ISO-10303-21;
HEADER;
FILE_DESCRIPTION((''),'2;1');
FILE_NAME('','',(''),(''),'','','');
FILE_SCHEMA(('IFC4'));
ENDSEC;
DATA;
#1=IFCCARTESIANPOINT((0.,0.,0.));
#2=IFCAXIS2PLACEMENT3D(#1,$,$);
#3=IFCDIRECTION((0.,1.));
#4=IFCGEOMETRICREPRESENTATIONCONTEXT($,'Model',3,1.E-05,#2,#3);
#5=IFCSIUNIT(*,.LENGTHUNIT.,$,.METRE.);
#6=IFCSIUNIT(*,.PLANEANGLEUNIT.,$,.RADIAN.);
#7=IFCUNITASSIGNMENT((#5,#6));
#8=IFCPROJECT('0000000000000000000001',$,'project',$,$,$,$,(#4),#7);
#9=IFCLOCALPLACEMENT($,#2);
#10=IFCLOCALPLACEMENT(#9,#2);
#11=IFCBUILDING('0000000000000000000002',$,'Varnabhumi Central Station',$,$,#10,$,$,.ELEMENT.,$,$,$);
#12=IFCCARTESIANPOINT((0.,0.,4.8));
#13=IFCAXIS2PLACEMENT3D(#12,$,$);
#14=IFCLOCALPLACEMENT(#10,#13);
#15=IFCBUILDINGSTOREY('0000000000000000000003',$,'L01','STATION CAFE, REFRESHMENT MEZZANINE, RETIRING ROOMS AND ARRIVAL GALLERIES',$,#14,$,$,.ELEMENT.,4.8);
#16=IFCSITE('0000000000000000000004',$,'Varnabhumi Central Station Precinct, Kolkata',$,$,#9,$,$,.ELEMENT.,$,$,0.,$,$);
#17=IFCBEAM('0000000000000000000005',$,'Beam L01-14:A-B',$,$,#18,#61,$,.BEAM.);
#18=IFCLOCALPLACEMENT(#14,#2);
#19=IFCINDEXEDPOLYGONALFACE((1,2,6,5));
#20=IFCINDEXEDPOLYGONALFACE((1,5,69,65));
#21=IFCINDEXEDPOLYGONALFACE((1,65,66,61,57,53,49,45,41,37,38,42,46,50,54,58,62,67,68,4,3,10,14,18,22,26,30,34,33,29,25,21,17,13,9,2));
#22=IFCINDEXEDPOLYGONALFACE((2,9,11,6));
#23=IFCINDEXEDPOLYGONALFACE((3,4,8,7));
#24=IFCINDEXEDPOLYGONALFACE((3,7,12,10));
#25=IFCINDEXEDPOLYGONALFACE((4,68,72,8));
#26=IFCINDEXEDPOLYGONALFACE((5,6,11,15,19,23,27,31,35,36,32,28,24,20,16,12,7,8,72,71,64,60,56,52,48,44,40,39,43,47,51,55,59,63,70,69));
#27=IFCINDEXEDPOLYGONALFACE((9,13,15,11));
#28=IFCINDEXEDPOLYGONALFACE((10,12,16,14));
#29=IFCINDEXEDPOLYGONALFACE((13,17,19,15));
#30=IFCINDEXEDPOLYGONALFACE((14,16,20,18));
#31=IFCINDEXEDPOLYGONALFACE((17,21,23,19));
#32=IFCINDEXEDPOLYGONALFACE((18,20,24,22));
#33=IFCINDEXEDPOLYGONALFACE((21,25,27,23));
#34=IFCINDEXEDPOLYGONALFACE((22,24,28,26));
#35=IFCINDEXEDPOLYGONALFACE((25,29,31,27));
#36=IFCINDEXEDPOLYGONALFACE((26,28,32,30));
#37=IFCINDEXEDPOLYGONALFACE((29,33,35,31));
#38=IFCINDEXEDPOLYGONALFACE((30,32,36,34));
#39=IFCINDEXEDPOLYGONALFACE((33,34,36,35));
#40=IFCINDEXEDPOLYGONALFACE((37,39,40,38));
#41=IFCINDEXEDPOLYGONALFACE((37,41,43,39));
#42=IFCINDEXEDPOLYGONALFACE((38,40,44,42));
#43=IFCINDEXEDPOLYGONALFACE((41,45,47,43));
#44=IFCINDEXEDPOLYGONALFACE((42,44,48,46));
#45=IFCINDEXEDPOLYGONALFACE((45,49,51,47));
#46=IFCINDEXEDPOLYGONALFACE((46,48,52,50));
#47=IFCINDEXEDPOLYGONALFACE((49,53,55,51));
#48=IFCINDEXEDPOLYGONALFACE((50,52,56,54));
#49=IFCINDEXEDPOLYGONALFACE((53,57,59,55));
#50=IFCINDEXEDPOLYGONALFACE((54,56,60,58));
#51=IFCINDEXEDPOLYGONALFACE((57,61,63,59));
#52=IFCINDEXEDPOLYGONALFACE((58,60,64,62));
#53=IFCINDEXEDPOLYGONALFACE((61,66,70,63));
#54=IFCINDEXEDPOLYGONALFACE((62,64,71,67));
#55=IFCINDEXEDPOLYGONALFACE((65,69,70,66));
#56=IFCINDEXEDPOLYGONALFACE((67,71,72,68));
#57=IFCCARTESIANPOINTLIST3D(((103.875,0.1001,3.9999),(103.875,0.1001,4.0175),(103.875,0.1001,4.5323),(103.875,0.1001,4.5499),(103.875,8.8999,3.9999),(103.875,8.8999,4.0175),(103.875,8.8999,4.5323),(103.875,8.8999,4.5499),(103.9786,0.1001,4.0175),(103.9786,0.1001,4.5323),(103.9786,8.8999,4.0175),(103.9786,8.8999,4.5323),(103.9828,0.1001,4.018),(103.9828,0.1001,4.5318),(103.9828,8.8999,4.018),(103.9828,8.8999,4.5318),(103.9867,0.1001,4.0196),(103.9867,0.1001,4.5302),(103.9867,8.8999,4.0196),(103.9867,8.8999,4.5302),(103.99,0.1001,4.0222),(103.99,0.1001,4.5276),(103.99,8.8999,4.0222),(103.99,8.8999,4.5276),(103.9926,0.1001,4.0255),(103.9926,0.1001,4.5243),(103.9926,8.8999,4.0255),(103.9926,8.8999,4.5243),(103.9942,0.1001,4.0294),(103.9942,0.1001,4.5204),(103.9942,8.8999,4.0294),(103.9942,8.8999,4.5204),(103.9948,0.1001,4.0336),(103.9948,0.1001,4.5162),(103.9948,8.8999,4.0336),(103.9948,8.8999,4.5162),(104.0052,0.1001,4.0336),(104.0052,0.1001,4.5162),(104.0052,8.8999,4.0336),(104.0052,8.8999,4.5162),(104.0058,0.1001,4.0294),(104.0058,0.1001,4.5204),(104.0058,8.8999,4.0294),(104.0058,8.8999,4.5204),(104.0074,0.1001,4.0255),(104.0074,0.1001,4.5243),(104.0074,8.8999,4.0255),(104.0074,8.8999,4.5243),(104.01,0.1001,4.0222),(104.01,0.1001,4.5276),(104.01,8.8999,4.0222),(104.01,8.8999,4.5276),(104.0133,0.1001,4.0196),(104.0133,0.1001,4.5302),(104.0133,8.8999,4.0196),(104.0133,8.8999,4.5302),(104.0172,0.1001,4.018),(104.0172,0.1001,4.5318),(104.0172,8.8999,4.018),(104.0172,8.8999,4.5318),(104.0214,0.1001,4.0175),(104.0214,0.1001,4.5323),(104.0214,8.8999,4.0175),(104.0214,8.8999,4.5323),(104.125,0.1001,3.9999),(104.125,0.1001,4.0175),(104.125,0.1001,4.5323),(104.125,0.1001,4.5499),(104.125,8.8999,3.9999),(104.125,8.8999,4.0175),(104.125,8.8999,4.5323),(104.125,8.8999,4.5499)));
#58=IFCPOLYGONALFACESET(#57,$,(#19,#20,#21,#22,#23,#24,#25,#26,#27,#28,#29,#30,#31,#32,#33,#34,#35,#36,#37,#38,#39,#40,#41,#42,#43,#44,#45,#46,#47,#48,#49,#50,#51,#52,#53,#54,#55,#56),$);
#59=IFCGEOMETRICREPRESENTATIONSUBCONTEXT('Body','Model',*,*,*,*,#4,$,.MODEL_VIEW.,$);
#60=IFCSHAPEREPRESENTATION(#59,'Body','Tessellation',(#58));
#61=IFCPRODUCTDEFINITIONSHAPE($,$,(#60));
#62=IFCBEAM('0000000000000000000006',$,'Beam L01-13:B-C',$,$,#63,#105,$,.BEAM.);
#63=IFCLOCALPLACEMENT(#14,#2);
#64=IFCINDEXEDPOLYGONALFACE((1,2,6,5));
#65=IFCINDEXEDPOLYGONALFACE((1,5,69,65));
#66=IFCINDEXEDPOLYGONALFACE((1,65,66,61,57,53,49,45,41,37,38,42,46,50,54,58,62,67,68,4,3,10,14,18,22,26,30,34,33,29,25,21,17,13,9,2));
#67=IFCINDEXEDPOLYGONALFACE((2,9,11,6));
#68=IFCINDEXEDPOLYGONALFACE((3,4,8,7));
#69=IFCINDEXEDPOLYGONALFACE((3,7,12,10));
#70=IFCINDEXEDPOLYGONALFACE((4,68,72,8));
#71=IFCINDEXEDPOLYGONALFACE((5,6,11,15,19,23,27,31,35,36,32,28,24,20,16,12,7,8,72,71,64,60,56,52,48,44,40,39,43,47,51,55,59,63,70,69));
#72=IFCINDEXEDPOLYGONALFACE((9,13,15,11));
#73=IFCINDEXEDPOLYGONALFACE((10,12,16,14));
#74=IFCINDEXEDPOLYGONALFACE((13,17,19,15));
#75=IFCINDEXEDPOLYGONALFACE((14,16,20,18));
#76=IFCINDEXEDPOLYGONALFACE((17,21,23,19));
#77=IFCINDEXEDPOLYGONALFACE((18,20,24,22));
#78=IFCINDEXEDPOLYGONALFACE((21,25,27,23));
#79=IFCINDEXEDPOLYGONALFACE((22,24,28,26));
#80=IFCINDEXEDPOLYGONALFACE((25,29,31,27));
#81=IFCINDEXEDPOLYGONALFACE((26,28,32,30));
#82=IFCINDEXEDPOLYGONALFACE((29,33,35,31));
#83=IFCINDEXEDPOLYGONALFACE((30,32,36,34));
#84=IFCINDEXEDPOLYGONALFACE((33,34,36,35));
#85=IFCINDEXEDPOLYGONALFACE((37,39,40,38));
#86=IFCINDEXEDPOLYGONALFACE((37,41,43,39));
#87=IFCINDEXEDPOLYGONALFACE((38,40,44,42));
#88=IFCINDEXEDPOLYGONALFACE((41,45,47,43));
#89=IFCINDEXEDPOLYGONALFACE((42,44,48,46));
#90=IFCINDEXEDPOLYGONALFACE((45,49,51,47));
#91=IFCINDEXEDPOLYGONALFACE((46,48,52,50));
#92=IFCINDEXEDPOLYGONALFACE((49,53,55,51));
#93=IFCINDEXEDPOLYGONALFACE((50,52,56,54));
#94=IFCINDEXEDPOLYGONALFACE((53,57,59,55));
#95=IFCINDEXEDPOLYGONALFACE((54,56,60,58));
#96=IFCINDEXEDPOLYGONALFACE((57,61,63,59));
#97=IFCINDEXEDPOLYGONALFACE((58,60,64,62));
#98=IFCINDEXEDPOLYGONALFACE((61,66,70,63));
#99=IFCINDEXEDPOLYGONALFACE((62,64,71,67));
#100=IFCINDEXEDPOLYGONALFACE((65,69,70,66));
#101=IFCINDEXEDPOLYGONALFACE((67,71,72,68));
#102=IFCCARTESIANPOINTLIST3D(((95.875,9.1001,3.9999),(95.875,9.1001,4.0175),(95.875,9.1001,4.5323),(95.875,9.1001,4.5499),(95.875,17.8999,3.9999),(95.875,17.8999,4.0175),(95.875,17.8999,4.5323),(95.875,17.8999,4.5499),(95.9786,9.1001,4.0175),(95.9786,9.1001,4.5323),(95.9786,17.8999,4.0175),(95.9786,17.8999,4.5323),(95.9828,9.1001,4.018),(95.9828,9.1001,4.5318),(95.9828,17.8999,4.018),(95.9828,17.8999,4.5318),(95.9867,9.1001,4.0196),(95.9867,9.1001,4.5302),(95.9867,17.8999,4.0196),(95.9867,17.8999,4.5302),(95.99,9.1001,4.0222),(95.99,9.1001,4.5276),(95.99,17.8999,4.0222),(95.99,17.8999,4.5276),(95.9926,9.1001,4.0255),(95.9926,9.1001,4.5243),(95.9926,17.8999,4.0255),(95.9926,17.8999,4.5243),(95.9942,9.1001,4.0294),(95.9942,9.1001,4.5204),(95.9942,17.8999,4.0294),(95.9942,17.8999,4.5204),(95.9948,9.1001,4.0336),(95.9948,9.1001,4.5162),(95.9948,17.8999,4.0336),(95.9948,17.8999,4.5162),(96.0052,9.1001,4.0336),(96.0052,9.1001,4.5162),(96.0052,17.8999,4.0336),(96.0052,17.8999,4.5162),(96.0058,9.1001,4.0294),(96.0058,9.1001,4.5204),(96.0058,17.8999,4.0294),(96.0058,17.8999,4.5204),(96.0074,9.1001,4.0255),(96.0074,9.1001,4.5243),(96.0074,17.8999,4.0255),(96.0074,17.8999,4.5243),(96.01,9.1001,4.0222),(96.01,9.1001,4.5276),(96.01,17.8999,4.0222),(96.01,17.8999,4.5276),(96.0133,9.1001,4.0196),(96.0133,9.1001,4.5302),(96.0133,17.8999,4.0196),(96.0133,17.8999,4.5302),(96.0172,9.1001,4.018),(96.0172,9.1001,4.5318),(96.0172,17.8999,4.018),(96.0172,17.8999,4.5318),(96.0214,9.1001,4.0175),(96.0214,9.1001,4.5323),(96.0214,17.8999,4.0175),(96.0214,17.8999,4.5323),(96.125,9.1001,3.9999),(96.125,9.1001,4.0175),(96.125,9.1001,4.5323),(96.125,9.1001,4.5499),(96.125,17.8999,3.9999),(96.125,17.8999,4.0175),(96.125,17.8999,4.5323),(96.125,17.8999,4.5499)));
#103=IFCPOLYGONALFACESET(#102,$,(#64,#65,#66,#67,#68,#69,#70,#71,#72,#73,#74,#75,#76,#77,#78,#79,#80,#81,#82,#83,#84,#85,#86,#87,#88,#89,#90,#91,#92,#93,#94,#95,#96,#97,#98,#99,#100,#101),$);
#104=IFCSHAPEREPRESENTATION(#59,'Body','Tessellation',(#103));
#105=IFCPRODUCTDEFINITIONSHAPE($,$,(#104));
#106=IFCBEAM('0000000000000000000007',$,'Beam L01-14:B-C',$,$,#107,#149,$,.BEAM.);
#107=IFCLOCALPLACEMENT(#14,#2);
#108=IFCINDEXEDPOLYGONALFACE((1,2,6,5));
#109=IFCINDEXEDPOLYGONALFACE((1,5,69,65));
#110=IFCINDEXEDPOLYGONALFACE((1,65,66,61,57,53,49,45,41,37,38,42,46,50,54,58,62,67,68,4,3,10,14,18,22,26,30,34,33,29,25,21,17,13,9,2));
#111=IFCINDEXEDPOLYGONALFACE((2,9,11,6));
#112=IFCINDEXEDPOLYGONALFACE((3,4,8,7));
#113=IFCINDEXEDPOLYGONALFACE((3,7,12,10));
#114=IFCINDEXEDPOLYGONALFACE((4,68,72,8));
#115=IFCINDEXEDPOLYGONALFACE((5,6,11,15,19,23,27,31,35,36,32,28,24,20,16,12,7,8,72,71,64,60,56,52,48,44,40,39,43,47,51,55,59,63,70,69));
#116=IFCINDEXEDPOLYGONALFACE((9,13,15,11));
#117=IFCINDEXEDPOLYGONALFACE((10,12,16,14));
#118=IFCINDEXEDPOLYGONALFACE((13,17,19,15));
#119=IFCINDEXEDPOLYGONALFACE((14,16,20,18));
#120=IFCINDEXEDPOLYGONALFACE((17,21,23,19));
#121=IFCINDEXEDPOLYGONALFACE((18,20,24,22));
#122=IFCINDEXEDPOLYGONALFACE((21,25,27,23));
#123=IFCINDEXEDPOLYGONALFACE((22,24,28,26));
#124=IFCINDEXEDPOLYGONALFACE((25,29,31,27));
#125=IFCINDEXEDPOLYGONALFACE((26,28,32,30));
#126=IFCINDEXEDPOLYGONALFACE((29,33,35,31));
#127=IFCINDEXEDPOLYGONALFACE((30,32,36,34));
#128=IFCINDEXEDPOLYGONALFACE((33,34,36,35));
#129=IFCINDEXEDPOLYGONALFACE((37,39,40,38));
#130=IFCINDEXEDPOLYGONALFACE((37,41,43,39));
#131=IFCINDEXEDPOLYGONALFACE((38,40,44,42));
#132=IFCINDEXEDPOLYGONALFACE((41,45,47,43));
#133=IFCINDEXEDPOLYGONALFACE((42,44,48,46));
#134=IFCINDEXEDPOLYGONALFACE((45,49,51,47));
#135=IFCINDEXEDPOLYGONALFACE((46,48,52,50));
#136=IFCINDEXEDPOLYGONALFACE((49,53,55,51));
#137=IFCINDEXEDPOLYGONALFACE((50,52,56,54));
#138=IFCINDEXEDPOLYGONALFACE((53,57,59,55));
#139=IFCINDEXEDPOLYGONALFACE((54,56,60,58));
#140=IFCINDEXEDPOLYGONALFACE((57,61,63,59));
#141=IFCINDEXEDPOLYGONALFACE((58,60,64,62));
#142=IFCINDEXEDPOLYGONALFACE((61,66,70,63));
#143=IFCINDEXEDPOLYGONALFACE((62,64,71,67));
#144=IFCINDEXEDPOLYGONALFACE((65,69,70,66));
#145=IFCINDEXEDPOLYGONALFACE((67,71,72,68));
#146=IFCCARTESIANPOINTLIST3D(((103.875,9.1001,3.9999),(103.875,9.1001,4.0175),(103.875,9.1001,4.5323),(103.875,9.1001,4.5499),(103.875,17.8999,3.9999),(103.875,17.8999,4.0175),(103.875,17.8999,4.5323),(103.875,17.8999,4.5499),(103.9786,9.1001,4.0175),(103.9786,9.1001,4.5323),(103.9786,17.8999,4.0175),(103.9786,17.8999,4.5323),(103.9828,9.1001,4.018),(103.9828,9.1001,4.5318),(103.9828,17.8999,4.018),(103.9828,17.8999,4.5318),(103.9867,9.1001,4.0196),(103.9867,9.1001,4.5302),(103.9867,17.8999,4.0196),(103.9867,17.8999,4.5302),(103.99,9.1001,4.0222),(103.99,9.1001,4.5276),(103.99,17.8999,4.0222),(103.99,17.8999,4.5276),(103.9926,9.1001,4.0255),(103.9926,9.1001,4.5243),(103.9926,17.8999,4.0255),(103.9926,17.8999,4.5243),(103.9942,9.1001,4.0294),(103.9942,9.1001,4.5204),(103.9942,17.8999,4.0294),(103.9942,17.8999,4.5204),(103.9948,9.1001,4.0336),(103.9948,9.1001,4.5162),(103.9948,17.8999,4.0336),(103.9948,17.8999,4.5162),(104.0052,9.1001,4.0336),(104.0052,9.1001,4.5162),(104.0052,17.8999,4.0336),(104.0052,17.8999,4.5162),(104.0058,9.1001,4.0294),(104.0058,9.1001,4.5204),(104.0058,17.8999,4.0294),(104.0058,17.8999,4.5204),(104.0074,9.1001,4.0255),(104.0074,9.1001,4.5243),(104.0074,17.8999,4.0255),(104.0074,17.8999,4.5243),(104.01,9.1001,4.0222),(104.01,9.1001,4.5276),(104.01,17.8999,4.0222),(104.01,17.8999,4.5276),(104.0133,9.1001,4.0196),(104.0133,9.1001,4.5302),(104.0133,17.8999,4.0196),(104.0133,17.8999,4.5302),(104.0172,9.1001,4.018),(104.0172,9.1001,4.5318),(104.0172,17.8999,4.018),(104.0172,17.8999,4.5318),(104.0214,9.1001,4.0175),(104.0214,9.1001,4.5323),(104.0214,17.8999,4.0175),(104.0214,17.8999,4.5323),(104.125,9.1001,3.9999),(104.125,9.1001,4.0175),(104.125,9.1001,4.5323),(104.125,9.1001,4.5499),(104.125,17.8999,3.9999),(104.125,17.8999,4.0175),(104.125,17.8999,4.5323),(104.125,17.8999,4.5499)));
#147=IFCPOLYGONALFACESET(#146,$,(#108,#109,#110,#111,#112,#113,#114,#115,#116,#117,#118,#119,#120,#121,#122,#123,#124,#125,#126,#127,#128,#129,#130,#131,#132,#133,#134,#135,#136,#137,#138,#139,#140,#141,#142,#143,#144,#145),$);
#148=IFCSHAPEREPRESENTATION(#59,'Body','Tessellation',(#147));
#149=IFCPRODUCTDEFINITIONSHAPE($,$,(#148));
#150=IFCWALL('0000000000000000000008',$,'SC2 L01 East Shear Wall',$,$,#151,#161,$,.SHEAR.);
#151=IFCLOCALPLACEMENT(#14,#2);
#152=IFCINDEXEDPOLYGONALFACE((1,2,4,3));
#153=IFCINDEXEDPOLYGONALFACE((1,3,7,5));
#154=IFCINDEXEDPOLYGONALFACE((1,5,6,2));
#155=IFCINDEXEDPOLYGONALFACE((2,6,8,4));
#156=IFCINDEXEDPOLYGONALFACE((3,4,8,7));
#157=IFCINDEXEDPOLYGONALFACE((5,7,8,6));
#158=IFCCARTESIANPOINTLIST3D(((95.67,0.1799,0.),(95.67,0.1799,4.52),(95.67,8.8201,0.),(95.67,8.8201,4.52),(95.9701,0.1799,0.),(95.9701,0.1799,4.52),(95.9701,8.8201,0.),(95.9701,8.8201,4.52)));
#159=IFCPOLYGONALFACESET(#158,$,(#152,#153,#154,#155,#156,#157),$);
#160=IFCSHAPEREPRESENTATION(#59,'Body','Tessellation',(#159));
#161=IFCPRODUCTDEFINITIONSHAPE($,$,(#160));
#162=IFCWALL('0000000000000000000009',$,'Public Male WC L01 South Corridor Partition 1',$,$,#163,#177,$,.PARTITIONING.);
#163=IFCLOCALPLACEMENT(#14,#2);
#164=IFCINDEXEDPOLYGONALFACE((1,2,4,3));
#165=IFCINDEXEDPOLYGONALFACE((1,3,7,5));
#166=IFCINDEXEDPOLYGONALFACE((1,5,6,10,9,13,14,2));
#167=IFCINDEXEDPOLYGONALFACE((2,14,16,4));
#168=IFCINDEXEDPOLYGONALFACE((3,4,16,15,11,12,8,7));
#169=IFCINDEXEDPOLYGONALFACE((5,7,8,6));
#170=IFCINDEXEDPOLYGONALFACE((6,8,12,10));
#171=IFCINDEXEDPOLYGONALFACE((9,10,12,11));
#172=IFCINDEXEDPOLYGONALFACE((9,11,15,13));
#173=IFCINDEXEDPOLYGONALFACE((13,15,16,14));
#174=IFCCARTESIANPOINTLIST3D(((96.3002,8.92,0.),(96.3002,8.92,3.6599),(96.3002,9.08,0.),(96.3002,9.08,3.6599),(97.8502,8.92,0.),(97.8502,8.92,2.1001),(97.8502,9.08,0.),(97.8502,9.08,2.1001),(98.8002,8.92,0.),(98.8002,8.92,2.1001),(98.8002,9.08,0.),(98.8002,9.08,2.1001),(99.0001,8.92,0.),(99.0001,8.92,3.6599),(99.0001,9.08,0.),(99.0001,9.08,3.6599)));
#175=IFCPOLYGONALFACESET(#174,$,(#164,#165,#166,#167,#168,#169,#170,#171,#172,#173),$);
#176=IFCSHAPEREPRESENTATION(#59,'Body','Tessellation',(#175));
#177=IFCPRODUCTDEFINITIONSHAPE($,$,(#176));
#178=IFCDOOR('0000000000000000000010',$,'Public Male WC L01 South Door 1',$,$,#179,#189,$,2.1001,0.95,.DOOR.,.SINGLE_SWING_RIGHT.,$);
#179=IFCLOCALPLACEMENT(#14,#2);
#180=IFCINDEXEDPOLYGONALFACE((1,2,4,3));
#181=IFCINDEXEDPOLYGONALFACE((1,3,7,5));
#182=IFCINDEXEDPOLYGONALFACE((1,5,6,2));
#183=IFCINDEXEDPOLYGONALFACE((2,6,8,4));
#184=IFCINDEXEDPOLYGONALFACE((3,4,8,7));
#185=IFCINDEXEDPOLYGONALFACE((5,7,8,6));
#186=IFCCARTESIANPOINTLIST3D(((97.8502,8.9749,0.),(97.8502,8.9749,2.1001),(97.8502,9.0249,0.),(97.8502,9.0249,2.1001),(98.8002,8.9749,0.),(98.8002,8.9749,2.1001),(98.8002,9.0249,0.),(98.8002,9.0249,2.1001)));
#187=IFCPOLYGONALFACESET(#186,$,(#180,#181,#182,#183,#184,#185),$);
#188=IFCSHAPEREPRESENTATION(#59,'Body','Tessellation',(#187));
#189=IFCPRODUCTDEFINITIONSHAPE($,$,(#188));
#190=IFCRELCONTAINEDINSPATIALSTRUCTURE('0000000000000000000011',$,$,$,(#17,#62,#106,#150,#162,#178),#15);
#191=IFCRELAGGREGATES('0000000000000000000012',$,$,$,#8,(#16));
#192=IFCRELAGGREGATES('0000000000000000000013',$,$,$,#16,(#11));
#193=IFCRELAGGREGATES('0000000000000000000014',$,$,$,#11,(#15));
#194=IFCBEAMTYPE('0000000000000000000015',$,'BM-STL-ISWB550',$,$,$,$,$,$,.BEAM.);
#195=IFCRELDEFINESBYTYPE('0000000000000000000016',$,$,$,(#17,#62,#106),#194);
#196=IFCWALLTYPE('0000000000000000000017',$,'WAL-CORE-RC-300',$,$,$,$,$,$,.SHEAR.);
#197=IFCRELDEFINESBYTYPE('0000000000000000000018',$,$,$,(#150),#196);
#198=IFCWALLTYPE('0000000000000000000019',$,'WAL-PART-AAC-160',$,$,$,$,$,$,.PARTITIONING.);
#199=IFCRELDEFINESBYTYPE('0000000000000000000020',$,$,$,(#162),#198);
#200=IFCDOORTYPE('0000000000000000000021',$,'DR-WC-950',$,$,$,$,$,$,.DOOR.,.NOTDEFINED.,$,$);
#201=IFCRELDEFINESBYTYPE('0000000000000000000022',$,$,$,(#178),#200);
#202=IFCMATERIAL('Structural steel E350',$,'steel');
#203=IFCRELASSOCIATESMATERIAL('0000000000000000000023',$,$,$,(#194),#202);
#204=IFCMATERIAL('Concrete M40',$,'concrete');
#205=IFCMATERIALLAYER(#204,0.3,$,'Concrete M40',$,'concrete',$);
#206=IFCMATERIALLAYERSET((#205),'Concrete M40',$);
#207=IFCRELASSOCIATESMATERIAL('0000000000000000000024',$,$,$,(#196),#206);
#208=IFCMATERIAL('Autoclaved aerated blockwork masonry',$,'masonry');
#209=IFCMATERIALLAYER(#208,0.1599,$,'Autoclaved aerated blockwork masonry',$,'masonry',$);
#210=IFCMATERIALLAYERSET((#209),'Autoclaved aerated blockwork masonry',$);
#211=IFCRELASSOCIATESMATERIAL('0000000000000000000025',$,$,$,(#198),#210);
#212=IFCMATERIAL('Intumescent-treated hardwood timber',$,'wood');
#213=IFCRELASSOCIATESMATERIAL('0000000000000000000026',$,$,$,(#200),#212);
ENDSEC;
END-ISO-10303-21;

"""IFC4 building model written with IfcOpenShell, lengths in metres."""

from ifc_helpers import new_model, si_unit, direction, frame, frame_2d, origin, origin_2d, place, context, subcontext, project, spatial, rectangle, i_section, extrude, material, layer, layer_set, material_profile, profile_set, type_object, element, fill, save


model = new_model("IFC4")

# Units and contexts
model_context = context("Model", 3, precision=1e-05, world=origin(), true_north=direction((0.0, 1.0)))
body_context = subcontext(model_context, "Body", "Model", "MODEL_VIEW")
ifc_project = project(units=[si_unit("LENGTHUNIT", "METRE"), si_unit("PLANEANGLEUNIT", "RADIAN")], contexts=[model_context])

# Site, building, storey
site_placement = place(None, origin())
site = spatial("IfcSite", under=ifc_project, at=site_placement, Name="Varnabhumi Central Station Precinct, Kolkata", CompositionType="ELEMENT", RefElevation=0.0)
building_placement = place(site_placement, origin())
building = spatial("IfcBuilding", under=site, at=building_placement, Name="Varnabhumi Central Station", CompositionType="ELEMENT")
storey_placement = place(building_placement, frame((0.0, 0.0, 4.8)))
storey = spatial("IfcBuildingStorey", under=building, at=storey_placement, Name="L01", Description="STATION CAFE, REFRESHMENT MEZZANINE, RETIRING ROOMS AND ARRIVAL GALLERIES", CompositionType="ELEMENT", Elevation=4.8)

# Shared definitions
ifc_material_1 = material(Name="Concrete M40", Category="concrete")

# Beams
ifc_material_2 = material(Name="Structural steel E350", Category="steel")
ifc_material_profile_1 = material_profile(ifc_material_2, i_section(OverallWidth=0.25, OverallDepth=0.55, WebThickness=0.0105, FlangeThickness=0.0176, FilletRadius=0.0161, at=origin_2d()), Name="Structural steel E350", Category="steel")
ifc_profile_set_1 = profile_set([ifc_material_profile_1], Name="Structural steel E350")
beam_type_1 = type_object("IfcBeamType", Name="BM-STL-ISWB550", PredefinedType="BEAM", material=ifc_profile_set_1)
for number, where, z_axis, x_axis, name in (
    (1, (104.0, 0.1001, 4.2749), (0.0, 1.0, 0.0), (-1.0, 0.0, 0.0), "Beam L01-14:A-B"),
    (2, (96.0, 9.1001, 4.2749), (0.0, 1.0, 0.0), (-1.0, 0.0, 0.0), "Beam L01-13:B-C"),
    (3, (104.0, 9.1001, 4.2749), (0.0, 1.0, 0.0), (-1.0, 0.0, 0.0), "Beam L01-14:B-C"),
):
    element("IfcBeam", number, at=place(storey_placement, frame(where, z_axis=z_axis, x_axis=x_axis)), inside=storey, type_object=beam_type_1, Name=name, PredefinedType="BEAM", context=body_context, shape_type="SweptSolid", body=[
        extrude(i_section(OverallWidth=0.25, OverallDepth=0.55, WebThickness=0.0105, FlangeThickness=0.0176, FilletRadius=0.0161, at=origin_2d()), origin(), (0.0, 0.0, 1.0), 8.7998),
    ])

# Wall
ifc_layer_1 = layer(ifc_material_1, 0.3, Name="Concrete M40", Category="concrete")
ifc_layer_set_1 = layer_set([ifc_layer_1], Name="Concrete M40")
wall_type_1 = type_object("IfcWallType", Name="WAL-CORE-RC-300", PredefinedType="SHEAR", material=ifc_layer_set_1)
wall_1_placement = place(storey_placement, frame((95.8201, 0.1799, 0.0), z_axis=(0.0, 0.0, 1.0), x_axis=(0.0, 1.0, 0.0)))
element("IfcWall", 4, at=wall_1_placement, inside=storey, type_object=wall_type_1, Name="SC2 L01 East Shear Wall", PredefinedType="SHEAR", context=body_context, shape_type="SweptSolid", body=[
    extrude(rectangle(XDim=8.6401, YDim=0.3, at=frame_2d((4.3201, 0.0))), origin(), (0.0, 0.0, 1.0), 4.52),
])

# Wall, opening, door
ifc_material_3 = material(Name="Autoclaved aerated blockwork masonry", Category="masonry")
ifc_layer_2 = layer(ifc_material_3, 0.1599, Name="Autoclaved aerated blockwork masonry", Category="masonry")
ifc_layer_set_2 = layer_set([ifc_layer_2], Name="Autoclaved aerated blockwork masonry")
wall_type_2 = type_object("IfcWallType", Name="WAL-PART-AAC-160", PredefinedType="PARTITIONING", material=ifc_layer_set_2)
wall_2_placement = place(storey_placement, frame((96.3, 9.0, 0.0), z_axis=(0.0, 0.0, 1.0), x_axis=(1.0, 0.0, 0.0)))
wall_2 = element("IfcWall", 5, at=wall_2_placement, inside=storey, type_object=wall_type_2, Name="Public Male WC L01 South Corridor Partition 1", PredefinedType="PARTITIONING", context=body_context, shape_type="SweptSolid", body=[
    extrude(rectangle(XDim=2.7, YDim=0.1599, at=frame_2d((1.3501, 0.0))), origin(), (0.0, 0.0, 1.0), 3.6599),
])
opening_1_placement = place(wall_2_placement, frame((1.55, 0.0, 0.0)))
opening_1 = element("IfcOpeningElement", 6, at=opening_1_placement, cuts=wall_2, PredefinedType="OPENING", context=body_context, shape_type="SweptSolid", body=[
    extrude(rectangle(XDim=0.95, YDim=2.1001, at=frame_2d((0.4751, 1.05))), frame((0.0, 0.0898, 0.0), z_axis=(0.0, -1.0, 0.0), x_axis=(1.0, 0.0, 0.0)), (0.0, 0.0, 1.0), 0.1799),
])
ifc_material_4 = material(Name="Intumescent-treated hardwood timber", Category="wood")
door_type_1 = type_object("IfcDoorType", Name="DR-WC-950", OperationType="NOTDEFINED", PredefinedType="DOOR", material=ifc_material_4)
door_1_placement = place(opening_1_placement, origin())
door_1 = element("IfcDoor", 7, at=door_1_placement, inside=storey, type_object=door_type_1, Name="Public Male WC L01 South Door 1", OperationType="SINGLE_SWING_RIGHT", OverallHeight=2.1001, OverallWidth=0.95, PredefinedType="DOOR", context=body_context, shape_type="SweptSolid", body=[
    extrude(rectangle(XDim=0.95, YDim=2.1001, at=frame_2d((0.4751, 1.05))), frame((0.0, 0.0249, 0.0), z_axis=(0.0, -1.0, 0.0), x_axis=(1.0, 0.0, 0.0)), (0.0, 0.0, 1.0), 0.05),
])
fill(opening_1, door_1)

save(model, "model.ifc")
